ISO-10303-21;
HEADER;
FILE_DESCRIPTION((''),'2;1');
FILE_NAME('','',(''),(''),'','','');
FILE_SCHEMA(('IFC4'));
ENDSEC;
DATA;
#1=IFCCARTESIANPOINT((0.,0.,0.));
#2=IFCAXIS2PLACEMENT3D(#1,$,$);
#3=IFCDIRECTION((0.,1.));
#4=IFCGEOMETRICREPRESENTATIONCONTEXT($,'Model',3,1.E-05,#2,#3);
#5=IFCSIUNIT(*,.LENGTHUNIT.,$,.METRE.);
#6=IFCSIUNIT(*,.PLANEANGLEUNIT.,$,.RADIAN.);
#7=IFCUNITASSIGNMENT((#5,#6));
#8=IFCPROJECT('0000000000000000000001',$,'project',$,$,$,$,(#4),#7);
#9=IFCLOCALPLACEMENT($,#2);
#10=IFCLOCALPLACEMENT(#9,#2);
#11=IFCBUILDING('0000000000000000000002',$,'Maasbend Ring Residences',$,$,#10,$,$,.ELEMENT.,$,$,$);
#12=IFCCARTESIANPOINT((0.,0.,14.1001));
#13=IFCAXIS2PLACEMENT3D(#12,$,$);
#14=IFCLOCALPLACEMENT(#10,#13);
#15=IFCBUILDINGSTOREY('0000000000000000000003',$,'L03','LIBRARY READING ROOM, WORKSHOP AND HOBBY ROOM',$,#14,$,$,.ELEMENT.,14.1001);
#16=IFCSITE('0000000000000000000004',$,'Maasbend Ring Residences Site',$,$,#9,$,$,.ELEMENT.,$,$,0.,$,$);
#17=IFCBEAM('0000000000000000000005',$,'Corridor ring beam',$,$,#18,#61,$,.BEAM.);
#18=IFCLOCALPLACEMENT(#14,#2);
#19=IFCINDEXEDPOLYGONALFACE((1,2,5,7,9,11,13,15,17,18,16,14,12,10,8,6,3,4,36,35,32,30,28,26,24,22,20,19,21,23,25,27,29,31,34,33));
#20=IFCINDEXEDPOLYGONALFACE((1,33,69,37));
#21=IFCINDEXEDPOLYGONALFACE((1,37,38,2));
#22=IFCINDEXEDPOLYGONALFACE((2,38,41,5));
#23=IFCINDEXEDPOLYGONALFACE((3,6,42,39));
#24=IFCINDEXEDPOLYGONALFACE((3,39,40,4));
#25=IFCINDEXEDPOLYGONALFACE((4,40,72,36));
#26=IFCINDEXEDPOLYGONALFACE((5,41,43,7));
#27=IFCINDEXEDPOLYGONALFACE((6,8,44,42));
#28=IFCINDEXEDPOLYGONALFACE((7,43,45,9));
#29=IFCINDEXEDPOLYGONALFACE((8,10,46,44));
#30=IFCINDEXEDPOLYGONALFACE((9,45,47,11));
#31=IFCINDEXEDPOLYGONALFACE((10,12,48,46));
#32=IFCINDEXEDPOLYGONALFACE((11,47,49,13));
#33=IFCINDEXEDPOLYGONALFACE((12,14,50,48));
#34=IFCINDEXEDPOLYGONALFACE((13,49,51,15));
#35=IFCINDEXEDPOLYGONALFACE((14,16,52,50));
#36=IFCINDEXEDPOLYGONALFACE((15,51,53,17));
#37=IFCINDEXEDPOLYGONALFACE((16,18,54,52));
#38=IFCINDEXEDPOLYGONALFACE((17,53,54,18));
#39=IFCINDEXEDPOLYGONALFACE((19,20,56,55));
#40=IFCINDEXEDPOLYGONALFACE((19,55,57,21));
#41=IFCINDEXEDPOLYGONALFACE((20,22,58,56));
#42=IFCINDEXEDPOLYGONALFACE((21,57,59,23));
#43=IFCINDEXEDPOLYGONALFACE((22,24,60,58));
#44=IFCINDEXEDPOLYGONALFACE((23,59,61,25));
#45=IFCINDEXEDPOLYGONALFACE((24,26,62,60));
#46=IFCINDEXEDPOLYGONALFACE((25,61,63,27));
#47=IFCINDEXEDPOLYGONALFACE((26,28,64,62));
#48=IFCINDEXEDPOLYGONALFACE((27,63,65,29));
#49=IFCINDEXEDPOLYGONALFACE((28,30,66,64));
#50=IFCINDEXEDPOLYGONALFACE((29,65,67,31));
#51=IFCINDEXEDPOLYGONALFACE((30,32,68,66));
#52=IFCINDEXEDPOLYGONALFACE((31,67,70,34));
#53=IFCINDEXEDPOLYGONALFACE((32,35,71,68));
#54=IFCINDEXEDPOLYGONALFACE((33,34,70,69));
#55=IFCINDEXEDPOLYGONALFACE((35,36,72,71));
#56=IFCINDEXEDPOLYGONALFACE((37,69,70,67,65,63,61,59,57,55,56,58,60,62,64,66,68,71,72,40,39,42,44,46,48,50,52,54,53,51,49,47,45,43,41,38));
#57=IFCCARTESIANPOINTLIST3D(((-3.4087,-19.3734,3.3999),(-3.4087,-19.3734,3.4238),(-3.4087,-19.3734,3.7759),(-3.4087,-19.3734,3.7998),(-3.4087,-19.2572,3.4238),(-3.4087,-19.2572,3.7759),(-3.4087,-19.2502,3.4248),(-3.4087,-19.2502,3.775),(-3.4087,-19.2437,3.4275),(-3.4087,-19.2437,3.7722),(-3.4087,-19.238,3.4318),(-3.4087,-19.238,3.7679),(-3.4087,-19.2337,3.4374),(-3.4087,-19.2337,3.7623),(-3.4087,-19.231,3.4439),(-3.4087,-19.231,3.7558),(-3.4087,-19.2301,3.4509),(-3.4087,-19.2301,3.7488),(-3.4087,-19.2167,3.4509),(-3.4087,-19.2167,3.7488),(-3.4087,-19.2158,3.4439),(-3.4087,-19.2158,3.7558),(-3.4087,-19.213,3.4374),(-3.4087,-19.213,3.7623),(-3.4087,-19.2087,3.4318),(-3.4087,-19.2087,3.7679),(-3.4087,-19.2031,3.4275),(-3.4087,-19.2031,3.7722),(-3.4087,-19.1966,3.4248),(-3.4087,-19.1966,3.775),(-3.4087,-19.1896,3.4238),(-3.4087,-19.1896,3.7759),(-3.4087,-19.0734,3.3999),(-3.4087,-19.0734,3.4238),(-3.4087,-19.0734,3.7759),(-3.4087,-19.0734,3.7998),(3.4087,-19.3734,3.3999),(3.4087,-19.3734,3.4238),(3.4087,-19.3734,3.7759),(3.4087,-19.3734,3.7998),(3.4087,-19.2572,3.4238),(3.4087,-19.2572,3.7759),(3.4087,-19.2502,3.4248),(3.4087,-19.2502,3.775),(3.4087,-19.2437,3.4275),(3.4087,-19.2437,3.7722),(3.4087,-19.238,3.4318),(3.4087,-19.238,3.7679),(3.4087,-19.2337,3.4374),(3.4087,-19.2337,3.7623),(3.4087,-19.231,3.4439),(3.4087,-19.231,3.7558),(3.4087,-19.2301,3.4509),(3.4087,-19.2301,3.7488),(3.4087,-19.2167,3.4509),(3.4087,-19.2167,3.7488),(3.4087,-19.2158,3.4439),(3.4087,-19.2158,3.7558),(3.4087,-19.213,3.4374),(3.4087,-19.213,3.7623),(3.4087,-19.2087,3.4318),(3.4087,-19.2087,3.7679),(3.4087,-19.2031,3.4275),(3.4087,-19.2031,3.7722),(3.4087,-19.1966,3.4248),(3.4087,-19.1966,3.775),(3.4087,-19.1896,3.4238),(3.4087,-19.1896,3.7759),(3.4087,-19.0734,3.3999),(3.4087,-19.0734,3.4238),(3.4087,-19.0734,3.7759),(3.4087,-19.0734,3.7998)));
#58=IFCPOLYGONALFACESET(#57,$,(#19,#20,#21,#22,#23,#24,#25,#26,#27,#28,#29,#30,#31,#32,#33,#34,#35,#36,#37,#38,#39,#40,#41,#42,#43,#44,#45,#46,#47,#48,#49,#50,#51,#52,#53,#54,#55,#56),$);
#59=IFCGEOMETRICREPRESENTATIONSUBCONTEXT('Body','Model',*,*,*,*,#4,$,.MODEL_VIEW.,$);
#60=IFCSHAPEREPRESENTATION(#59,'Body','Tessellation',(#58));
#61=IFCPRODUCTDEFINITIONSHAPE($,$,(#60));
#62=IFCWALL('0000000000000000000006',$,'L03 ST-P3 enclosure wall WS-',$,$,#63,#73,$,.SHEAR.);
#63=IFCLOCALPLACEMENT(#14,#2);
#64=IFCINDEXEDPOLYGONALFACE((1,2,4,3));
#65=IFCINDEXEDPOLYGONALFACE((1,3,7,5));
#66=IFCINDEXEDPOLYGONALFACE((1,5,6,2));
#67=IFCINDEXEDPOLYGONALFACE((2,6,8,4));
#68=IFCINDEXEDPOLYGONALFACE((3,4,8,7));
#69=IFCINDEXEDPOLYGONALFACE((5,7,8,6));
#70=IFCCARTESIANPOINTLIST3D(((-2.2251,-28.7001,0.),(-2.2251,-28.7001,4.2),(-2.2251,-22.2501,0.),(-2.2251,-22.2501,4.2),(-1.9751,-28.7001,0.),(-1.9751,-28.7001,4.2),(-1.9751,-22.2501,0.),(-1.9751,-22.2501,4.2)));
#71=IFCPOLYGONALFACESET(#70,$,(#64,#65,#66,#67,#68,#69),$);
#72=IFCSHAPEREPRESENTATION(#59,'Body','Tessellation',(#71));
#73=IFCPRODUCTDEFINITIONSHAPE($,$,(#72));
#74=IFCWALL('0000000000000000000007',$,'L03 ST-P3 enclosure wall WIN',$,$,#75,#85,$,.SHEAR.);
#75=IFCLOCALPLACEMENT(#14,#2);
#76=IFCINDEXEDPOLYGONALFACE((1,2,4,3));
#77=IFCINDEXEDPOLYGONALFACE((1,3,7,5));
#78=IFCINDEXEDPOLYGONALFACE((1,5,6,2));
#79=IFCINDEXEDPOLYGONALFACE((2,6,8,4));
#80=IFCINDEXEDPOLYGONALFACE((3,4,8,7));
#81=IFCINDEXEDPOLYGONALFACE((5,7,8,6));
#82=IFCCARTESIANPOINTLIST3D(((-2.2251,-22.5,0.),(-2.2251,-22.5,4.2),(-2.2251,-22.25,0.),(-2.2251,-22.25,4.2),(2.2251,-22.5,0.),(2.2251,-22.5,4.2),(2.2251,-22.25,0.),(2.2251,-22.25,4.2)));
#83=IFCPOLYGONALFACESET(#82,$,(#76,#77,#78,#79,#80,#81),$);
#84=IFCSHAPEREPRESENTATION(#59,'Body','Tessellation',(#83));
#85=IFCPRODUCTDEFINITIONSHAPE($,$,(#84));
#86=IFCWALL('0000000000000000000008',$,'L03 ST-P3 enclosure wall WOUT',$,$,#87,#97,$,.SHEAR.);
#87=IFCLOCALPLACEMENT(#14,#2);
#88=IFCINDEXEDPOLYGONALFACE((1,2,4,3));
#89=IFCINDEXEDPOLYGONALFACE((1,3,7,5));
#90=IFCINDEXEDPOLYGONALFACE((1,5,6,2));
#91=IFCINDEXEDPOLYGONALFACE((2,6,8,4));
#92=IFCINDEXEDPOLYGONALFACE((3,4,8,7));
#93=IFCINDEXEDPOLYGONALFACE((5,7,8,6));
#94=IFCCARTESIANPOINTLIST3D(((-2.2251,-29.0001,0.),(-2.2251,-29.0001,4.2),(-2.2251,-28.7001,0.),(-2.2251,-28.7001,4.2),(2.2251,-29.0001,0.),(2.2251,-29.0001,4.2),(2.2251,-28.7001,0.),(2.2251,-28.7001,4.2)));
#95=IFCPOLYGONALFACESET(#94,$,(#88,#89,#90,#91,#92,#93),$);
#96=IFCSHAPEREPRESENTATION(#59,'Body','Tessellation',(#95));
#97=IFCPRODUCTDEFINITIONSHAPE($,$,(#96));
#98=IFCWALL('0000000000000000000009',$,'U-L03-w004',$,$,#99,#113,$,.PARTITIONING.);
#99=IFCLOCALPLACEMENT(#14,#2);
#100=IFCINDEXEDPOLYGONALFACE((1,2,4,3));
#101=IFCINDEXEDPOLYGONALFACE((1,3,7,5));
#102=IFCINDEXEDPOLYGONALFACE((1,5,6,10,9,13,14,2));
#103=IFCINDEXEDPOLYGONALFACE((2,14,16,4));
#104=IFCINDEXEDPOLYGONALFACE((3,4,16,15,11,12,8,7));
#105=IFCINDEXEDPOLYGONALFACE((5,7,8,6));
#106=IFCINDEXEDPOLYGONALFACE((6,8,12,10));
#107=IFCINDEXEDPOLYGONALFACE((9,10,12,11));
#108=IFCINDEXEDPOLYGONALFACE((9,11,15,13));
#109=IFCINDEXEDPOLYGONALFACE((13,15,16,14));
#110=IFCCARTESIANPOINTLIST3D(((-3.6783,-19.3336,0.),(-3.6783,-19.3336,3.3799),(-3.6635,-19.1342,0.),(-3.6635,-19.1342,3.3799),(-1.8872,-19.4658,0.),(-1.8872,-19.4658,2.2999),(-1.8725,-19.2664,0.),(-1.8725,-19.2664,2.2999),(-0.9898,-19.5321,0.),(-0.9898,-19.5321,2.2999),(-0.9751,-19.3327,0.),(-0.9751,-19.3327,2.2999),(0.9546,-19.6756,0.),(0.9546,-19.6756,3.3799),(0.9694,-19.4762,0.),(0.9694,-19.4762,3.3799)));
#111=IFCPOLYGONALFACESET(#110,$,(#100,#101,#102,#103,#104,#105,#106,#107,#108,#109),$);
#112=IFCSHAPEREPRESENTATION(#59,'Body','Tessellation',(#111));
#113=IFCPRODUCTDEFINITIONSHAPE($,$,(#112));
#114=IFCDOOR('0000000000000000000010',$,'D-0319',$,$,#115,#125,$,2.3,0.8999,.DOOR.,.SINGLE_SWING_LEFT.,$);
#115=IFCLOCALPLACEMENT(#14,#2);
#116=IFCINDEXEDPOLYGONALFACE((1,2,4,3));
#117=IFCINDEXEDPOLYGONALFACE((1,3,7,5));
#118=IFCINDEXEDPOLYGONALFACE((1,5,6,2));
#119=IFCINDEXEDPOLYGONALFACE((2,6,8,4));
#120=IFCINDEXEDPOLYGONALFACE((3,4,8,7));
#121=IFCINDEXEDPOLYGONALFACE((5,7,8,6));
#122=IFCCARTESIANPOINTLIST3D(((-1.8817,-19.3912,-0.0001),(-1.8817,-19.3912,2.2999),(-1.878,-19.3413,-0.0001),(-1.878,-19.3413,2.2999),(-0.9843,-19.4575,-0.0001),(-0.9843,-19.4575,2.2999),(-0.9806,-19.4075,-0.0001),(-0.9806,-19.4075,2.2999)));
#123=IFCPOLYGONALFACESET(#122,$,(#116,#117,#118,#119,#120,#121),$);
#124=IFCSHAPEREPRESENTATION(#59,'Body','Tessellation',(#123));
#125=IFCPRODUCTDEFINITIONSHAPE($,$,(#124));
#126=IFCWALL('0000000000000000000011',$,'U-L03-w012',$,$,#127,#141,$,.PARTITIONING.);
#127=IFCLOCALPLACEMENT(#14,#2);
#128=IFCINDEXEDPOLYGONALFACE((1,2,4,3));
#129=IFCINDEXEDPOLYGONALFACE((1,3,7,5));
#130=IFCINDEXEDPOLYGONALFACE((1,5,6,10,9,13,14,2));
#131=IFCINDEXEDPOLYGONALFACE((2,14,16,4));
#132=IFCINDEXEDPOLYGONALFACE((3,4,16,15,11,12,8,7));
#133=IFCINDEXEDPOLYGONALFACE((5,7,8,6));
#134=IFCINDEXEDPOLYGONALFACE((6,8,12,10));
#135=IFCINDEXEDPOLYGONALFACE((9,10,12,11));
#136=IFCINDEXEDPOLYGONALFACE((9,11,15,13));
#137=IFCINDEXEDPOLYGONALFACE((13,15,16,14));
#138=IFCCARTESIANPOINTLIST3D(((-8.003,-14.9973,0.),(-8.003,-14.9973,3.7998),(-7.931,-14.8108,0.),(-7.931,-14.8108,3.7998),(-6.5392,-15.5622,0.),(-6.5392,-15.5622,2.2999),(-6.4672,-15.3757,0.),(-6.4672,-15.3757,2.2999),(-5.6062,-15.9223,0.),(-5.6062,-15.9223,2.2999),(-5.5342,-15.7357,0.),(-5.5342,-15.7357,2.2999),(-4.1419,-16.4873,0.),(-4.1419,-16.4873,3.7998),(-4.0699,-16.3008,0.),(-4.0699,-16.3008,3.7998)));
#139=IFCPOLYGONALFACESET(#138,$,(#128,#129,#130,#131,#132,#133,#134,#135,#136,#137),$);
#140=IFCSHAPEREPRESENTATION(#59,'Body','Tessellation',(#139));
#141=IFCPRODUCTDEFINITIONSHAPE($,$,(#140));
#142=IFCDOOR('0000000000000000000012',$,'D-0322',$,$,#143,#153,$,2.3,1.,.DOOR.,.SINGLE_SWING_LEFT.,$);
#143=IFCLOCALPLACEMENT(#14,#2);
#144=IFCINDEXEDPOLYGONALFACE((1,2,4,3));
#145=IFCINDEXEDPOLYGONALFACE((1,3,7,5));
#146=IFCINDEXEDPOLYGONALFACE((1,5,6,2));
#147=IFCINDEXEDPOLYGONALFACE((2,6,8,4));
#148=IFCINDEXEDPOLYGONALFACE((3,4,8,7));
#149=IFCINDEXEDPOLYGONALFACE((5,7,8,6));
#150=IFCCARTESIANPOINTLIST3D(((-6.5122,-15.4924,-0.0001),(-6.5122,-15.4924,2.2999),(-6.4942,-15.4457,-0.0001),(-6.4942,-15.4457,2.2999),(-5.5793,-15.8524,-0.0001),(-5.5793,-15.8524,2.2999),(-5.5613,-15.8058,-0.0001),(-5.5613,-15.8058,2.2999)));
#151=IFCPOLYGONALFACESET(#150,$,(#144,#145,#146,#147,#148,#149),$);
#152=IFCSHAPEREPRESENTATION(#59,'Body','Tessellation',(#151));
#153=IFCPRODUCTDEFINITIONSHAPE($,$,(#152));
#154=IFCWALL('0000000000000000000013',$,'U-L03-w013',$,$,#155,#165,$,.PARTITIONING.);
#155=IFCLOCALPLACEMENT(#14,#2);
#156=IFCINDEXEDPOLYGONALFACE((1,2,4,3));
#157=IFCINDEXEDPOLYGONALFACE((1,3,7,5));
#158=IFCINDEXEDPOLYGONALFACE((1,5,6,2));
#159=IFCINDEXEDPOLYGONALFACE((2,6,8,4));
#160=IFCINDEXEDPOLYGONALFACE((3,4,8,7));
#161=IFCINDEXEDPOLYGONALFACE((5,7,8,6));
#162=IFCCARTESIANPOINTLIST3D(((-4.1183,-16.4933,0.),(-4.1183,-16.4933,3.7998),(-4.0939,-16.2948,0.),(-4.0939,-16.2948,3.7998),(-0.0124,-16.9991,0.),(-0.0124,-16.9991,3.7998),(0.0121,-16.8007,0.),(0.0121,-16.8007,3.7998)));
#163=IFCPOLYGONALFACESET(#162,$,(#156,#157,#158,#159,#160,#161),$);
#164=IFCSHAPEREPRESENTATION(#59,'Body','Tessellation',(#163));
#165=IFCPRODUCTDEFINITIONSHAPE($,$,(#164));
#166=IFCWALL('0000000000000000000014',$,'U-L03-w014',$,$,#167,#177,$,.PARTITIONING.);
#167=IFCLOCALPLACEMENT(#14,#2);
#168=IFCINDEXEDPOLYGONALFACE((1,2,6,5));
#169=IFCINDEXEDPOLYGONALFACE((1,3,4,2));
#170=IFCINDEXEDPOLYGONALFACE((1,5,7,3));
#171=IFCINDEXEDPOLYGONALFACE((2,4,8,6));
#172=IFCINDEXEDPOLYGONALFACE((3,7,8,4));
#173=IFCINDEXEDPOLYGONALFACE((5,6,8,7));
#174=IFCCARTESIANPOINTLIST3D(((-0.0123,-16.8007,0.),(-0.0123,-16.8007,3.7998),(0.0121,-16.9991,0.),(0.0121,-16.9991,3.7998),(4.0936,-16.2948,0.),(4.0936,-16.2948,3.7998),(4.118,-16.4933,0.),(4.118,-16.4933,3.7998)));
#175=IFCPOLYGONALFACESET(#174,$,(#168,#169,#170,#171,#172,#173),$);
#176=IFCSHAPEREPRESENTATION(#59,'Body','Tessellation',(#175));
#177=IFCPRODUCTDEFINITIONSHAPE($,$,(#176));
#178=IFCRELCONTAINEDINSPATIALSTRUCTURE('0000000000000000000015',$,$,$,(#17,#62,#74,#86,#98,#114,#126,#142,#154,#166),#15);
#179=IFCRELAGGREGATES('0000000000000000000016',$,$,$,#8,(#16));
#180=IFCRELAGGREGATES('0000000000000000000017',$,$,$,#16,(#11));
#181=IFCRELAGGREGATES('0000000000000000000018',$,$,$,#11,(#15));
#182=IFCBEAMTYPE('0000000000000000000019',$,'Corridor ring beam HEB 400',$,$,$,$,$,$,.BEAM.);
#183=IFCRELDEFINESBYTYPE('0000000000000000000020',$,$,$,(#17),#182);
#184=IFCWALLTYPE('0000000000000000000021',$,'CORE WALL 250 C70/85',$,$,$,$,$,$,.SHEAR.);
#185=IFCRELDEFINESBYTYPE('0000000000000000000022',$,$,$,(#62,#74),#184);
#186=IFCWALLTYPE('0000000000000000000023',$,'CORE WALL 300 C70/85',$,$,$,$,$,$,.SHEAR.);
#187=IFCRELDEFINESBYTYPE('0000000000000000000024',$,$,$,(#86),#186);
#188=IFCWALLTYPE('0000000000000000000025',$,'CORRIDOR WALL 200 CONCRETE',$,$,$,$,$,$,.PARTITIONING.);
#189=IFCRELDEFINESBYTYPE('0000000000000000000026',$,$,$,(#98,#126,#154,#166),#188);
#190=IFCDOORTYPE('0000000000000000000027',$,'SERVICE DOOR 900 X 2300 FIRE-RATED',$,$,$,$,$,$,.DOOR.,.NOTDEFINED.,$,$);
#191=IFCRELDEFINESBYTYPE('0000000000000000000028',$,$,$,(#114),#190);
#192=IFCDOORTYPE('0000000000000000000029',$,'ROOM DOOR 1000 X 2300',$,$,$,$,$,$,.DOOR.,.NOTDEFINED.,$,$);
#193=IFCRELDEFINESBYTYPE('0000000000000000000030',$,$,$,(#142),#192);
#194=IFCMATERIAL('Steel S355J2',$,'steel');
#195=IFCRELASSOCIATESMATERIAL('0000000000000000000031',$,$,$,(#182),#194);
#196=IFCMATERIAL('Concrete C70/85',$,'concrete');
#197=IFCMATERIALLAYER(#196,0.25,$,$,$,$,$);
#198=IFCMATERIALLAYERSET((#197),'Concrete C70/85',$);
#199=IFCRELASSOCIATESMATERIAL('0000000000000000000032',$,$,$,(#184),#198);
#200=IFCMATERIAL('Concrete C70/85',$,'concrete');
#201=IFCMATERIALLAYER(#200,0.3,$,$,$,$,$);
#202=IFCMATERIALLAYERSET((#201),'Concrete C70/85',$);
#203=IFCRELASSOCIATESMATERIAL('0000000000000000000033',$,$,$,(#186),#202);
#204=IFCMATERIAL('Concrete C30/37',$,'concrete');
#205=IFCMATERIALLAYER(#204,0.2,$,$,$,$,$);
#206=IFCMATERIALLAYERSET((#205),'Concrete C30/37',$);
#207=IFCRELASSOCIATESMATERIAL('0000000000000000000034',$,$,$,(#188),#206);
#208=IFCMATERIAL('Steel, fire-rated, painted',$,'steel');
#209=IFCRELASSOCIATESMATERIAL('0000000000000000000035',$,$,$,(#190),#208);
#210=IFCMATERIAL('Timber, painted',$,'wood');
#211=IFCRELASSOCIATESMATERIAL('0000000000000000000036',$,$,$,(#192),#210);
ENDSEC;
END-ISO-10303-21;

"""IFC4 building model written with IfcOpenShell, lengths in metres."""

from ifc_helpers import new_model, si_unit, direction, frame, frame_2d, origin, origin_2d, place, context, subcontext, project, spatial, rectangle, i_section, extrude, material, layer, layer_set, material_profile, profile_set, type_object, element, fill, save


model = new_model("IFC4")

# Units and contexts
model_context = context("Model", 3, precision=1e-05, world=origin(), true_north=direction((0.0, 1.0)))
body_context = subcontext(model_context, "Body", "Model", "MODEL_VIEW")
ifc_project = project(units=[si_unit("LENGTHUNIT", "METRE"), si_unit("PLANEANGLEUNIT", "RADIAN")], contexts=[model_context])

# Site, building, storey
site_placement = place(None, origin())
site = spatial("IfcSite", under=ifc_project, at=site_placement, Name="Maasbend Ring Residences Site", CompositionType="ELEMENT", RefElevation=0.0)
building_placement = place(site_placement, origin())
building = spatial("IfcBuilding", under=site, at=building_placement, Name="Maasbend Ring Residences", CompositionType="ELEMENT")
storey_placement = place(building_placement, frame((0.0, 0.0, 14.1001)))
storey = spatial("IfcBuildingStorey", under=building, at=storey_placement, Name="L03", Description="LIBRARY READING ROOM, WORKSHOP AND HOBBY ROOM", CompositionType="ELEMENT", Elevation=14.1001)

# Beam
ifc_material_1 = material(Name="Steel S355J2", Category="steel")
ifc_material_profile_1 = material_profile(ifc_material_1, i_section(OverallWidth=0.3, OverallDepth=0.3999, WebThickness=0.0134, FlangeThickness=0.0239, FilletRadius=0.0271, at=origin_2d()), Name="HEB 400")
ifc_profile_set_1 = profile_set([ifc_material_profile_1], Name="Steel S355J2")
beam_type = type_object("IfcBeamType", Name="Corridor ring beam HEB 400", PredefinedType="BEAM", material=ifc_profile_set_1)
beam_1_placement = place(storey_placement, frame((-3.4087, -19.2234, 3.5999), z_axis=(1.0, 0.0, 0.0), x_axis=(0.0, 1.0, 0.0)))
element("IfcBeam", 1, at=beam_1_placement, inside=storey, type_object=beam_type, Name="Corridor ring beam", PredefinedType="BEAM", context=body_context, shape_type="SweptSolid", body=[
    extrude(i_section(OverallWidth=0.3, OverallDepth=0.3999, WebThickness=0.0134, FlangeThickness=0.0239, FilletRadius=0.0271, at=origin_2d()), origin(), (0.0, 0.0, 1.0), 6.8174),
])

# Walls
ifc_material_2 = material(Name="Concrete C70/85", Category="concrete")
ifc_layer_1 = layer(ifc_material_2, 0.25)
ifc_layer_set_1 = layer_set([ifc_layer_1], Name="Concrete C70/85")
wall_type_1 = type_object("IfcWallType", Name="CORE WALL 250 C70/85", PredefinedType="SHEAR", material=ifc_layer_set_1)
wall_1_placement = place(storey_placement, frame((-2.1001, -22.25, 0.0), z_axis=(0.0, 0.0, 1.0), x_axis=(0.0, -1.0, 0.0)))
element("IfcWall", 2, at=wall_1_placement, inside=storey, type_object=wall_type_1, Name="L03 ST-P3 enclosure wall WS-", PredefinedType="SHEAR", context=body_context, shape_type="SweptSolid", body=[
    extrude(rectangle(XDim=6.45, YDim=0.25, at=frame_2d((3.2251, 0.0))), origin(), (0.0, 0.0, 1.0), 4.2),
])
wall_2_placement = place(storey_placement, frame((-2.2251, -22.375, 0.0), z_axis=(0.0, 0.0, 1.0), x_axis=(1.0, 0.0, 0.0)))
element("IfcWall", 3, at=wall_2_placement, inside=storey, type_object=wall_type_1, Name="L03 ST-P3 enclosure wall WIN", PredefinedType="SHEAR", context=body_context, shape_type="SweptSolid", body=[
    extrude(rectangle(XDim=4.4502, YDim=0.25, at=frame_2d((2.2251, 0.0))), origin(), (0.0, 0.0, 1.0), 4.2),
])
ifc_material_3 = material(Name="Concrete C70/85", Category="concrete")
ifc_layer_2 = layer(ifc_material_3, 0.3)
ifc_layer_set_2 = layer_set([ifc_layer_2], Name="Concrete C70/85")
wall_type_2 = type_object("IfcWallType", Name="CORE WALL 300 C70/85", PredefinedType="SHEAR", material=ifc_layer_set_2)
wall_3_placement = place(storey_placement, frame((-2.2251, -28.8501, 0.0), z_axis=(0.0, 0.0, 1.0), x_axis=(1.0, 0.0, 0.0)))
element("IfcWall", 4, at=wall_3_placement, inside=storey, type_object=wall_type_2, Name="L03 ST-P3 enclosure wall WOUT", PredefinedType="SHEAR", context=body_context, shape_type="SweptSolid", body=[
    extrude(rectangle(XDim=4.4502, YDim=0.3, at=frame_2d((2.2251, 0.0))), origin(), (0.0, 0.0, 1.0), 4.2),
])

# Walls, openings, doors
ifc_material_4 = material(Name="Concrete C30/37", Category="concrete")
ifc_layer_3 = layer(ifc_material_4, 0.2)
ifc_layer_set_3 = layer_set([ifc_layer_3], Name="Concrete C30/37")
wall_type_3 = type_object("IfcWallType", Name="CORRIDOR WALL 200 CONCRETE", PredefinedType="PARTITIONING", material=ifc_layer_set_3)
wall_4_placement = place(storey_placement, frame((-3.6709, -19.2339, 0.0), z_axis=(0.0, 0.0, 1.0), x_axis=(0.997286, -0.07363, 0.0)))
wall_4 = element("IfcWall", 5, at=wall_4_placement, inside=storey, type_object=wall_type_3, Name="U-L03-w004", PredefinedType="PARTITIONING", context=body_context, shape_type="SweptSolid", body=[
    extrude(rectangle(XDim=4.6455, YDim=0.2, at=frame_2d((2.3228, 0.0))), origin(), (0.0, 0.0, 1.0), 3.3799),
])
opening_1_placement = place(wall_4_placement, frame((1.7959, 0.0, 0.0)))
opening_1 = element("IfcOpeningElement", 6, at=opening_1_placement, cuts=wall_4, PredefinedType="OPENING", context=body_context, shape_type="SweptSolid", body=[
    extrude(rectangle(XDim=0.8999, YDim=2.3, at=frame_2d((0.45, 1.1499))), frame((0.0, 0.1099, 0.0), z_axis=(0.0, -1.0, 0.0), x_axis=(1.0, 0.0, 0.0)), (0.0, 0.0, 1.0), 0.22),
])
ifc_material_5 = material(Name="Steel, fire-rated, painted", Category="steel")
door_type_1 = type_object("IfcDoorType", Name="SERVICE DOOR 900 X 2300 FIRE-RATED", OperationType="NOTDEFINED", PredefinedType="DOOR", material=ifc_material_5)
door_1_placement = place(opening_1_placement, origin())
door_1 = element("IfcDoor", 7, at=door_1_placement, inside=storey, type_object=door_type_1, Name="D-0319", OperationType="SINGLE_SWING_LEFT", OverallHeight=2.3, OverallWidth=0.8999, PredefinedType="DOOR", context=body_context, shape_type="SweptSolid", body=[
    extrude(rectangle(XDim=0.8999, YDim=2.3, at=frame_2d((0.45, 1.1499))), frame((0.0, 0.0249, 0.0), z_axis=(0.0, -1.0, 0.0), x_axis=(1.0, 0.0, 0.0)), (0.0, 0.0, 1.0), 0.05),
])
fill(opening_1, door_1)
wall_5_placement = place(storey_placement, frame((-7.967, -14.9041, 0.0), z_axis=(0.0, 0.0, 1.0), x_axis=(0.932944, -0.360022, 0.0)))
wall_5 = element("IfcWall", 8, at=wall_5_placement, inside=storey, type_object=wall_type_3, Name="U-L03-w012", PredefinedType="PARTITIONING", context=body_context, shape_type="SweptSolid", body=[
    extrude(rectangle(XDim=4.1387, YDim=0.2, at=frame_2d((2.0693, 0.0))), origin(), (0.0, 0.0, 1.0), 3.7998),
])
opening_2_placement = place(wall_5_placement, frame((1.5691, 0.0, 0.0)))
opening_2 = element("IfcOpeningElement", 9, at=opening_2_placement, cuts=wall_5, PredefinedType="OPENING", context=body_context, shape_type="SweptSolid", body=[
    extrude(rectangle(XDim=1.0, YDim=2.3, at=frame_2d((0.5, 1.1499))), frame((0.0, 0.1099, 0.0), z_axis=(0.0, -1.0, 0.0), x_axis=(1.0, 0.0, 0.0)), (0.0, 0.0, 1.0), 0.22),
])
ifc_material_6 = material(Name="Timber, painted", Category="wood")
door_type_2 = type_object("IfcDoorType", Name="ROOM DOOR 1000 X 2300", OperationType="NOTDEFINED", PredefinedType="DOOR", material=ifc_material_6)
door_2_placement = place(opening_2_placement, origin())
door_2 = element("IfcDoor", 10, at=door_2_placement, inside=storey, type_object=door_type_2, Name="D-0322", OperationType="SINGLE_SWING_LEFT", OverallHeight=2.3, OverallWidth=1.0, PredefinedType="DOOR", context=body_context, shape_type="SweptSolid", body=[
    extrude(rectangle(XDim=1.0, YDim=2.3, at=frame_2d((0.5, 1.1499))), frame((0.0, 0.0249, 0.0), z_axis=(0.0, -1.0, 0.0), x_axis=(1.0, 0.0, 0.0)), (0.0, 0.0, 1.0), 0.05),
])
fill(opening_2, door_2)

# Walls
for number, where, z_axis, x_axis, name in (
    (11, (-4.106, -16.394, 0.0), (0.0, 0.0, 1.0), (0.992496, -0.122277, 0.0), "U-L03-w013"),
    (12, (0.0, -16.8999, 0.0), (0.0, 0.0, 1.0), (0.992496, 0.122277, 0.0), "U-L03-w014"),
):
    element("IfcWall", number, at=place(storey_placement, frame(where, z_axis=z_axis, x_axis=x_axis)), inside=storey, type_object=wall_type_3, Name=name, PredefinedType="PARTITIONING", context=body_context, shape_type="SweptSolid", body=[
        extrude(rectangle(XDim=4.137, YDim=0.2, at=frame_2d((2.0684, 0.0))), origin(), (0.0, 0.0, 1.0), 3.7998),
    ])

save(model, "model.ifc")
